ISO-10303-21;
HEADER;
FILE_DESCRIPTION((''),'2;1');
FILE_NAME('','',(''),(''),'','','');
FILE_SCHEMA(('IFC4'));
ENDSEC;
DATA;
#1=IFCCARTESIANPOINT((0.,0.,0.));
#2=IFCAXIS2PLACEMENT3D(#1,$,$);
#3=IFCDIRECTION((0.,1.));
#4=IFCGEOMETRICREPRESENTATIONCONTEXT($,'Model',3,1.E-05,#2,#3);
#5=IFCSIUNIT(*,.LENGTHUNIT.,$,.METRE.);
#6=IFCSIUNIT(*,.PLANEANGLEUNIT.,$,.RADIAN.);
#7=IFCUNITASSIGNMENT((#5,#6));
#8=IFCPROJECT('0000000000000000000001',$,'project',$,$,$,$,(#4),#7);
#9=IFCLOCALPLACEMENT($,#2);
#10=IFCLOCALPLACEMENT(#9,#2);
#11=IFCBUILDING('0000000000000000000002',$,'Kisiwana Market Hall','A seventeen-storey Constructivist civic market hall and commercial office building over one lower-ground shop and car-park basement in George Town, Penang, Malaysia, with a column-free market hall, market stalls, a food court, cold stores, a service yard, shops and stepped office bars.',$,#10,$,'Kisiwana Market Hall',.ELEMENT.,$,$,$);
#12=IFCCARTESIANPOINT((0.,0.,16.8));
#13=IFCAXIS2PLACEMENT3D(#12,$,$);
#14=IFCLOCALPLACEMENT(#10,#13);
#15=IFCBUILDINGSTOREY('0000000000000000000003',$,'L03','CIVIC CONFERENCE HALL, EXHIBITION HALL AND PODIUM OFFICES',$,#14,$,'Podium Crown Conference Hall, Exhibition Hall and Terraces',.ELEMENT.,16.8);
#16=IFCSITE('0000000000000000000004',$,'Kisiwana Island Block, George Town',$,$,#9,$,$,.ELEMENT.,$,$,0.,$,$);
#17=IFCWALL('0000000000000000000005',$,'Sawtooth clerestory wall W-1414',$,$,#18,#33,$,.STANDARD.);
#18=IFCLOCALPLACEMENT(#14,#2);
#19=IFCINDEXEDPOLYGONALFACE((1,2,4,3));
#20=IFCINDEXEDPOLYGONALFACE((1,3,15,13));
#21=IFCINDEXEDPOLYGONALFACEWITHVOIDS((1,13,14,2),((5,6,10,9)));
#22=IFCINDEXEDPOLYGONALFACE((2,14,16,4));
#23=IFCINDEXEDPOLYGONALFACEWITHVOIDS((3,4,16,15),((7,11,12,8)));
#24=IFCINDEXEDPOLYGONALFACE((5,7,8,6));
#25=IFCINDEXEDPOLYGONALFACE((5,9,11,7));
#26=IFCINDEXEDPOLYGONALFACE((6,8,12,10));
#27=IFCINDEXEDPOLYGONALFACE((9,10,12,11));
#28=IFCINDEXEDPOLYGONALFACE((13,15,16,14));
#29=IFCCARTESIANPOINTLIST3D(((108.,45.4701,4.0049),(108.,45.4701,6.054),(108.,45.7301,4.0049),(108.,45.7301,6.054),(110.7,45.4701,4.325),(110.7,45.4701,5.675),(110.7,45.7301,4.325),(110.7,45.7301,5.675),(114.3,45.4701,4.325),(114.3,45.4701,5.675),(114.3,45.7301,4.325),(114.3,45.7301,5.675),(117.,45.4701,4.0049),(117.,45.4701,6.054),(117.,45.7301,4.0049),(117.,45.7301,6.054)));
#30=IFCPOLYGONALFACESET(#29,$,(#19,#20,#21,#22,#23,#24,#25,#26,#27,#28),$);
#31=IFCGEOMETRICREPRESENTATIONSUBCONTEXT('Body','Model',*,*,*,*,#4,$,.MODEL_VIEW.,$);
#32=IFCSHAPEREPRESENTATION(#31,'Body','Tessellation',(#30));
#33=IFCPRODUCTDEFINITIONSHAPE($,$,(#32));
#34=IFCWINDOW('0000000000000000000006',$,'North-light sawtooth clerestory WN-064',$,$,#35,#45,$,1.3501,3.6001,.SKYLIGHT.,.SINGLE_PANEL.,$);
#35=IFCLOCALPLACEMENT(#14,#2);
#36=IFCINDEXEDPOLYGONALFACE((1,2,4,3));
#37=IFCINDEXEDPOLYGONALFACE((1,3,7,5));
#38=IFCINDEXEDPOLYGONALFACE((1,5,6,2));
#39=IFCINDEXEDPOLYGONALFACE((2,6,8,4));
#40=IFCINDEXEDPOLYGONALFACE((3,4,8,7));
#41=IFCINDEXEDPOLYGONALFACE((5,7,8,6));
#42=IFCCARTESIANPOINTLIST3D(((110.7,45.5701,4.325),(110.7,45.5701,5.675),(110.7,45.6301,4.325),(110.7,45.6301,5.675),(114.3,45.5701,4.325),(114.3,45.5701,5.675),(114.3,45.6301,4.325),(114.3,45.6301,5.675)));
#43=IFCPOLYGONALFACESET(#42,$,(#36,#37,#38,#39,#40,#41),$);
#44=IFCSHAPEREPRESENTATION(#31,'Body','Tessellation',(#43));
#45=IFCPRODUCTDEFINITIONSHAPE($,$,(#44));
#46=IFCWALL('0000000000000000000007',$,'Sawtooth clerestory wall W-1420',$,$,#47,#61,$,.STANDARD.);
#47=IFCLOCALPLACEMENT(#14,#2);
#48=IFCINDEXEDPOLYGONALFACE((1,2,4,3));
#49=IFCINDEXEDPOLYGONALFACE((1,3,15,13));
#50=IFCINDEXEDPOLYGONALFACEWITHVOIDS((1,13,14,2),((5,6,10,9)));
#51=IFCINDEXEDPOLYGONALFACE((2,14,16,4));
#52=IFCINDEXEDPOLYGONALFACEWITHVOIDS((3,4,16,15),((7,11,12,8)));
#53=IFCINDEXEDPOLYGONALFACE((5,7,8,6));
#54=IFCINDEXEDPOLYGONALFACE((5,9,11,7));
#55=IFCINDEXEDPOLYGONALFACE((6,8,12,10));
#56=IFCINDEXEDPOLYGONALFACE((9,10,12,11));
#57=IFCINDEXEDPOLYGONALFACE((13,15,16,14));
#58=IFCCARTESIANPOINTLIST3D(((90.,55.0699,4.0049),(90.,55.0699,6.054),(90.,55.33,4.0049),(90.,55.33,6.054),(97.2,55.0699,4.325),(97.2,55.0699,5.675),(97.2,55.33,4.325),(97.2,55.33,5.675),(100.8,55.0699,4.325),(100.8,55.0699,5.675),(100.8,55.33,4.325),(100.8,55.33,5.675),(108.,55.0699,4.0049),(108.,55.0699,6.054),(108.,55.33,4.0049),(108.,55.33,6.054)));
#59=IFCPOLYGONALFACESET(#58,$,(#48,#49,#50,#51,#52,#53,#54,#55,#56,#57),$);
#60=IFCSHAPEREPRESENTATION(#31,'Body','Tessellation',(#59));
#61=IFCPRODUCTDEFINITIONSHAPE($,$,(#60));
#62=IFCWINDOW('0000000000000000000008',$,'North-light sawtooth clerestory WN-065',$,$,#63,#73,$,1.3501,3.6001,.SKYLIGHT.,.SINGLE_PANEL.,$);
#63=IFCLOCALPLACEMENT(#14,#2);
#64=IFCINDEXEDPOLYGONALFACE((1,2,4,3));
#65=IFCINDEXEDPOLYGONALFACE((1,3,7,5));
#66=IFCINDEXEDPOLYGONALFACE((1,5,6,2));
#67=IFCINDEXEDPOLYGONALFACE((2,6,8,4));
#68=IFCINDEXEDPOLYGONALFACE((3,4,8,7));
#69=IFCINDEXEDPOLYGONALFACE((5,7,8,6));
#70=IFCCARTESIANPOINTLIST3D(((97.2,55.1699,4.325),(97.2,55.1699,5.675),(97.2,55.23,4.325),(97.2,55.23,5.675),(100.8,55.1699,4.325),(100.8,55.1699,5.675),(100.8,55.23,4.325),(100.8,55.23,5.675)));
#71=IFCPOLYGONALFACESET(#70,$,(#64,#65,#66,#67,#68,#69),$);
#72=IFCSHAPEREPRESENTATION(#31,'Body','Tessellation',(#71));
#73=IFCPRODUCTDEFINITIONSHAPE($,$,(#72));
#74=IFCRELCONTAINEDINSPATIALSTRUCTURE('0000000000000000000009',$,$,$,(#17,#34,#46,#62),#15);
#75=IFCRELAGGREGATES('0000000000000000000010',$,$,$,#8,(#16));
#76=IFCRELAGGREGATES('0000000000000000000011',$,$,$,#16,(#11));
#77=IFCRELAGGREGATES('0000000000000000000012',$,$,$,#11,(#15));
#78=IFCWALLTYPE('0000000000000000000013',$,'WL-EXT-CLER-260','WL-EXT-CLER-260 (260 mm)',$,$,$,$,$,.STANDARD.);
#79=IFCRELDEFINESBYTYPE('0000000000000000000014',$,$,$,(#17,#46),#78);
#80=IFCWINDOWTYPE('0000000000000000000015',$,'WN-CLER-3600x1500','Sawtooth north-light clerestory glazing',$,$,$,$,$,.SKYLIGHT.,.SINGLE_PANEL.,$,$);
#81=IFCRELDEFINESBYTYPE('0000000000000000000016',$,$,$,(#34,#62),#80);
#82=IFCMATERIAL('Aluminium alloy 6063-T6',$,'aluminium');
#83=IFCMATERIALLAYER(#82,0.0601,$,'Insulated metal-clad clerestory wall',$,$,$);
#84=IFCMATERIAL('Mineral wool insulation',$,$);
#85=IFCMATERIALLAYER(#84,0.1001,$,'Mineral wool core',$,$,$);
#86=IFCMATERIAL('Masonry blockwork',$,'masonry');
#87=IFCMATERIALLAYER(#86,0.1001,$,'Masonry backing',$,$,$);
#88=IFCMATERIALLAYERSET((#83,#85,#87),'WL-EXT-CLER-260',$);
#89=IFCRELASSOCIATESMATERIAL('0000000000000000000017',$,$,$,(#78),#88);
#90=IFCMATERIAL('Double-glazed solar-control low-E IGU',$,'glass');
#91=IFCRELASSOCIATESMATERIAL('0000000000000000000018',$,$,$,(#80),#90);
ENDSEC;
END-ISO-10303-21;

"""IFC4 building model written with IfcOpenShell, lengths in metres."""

from ifc_helpers import new_model, si_unit, direction, frame, frame_2d, origin, place, context, subcontext, project, spatial, rectangle, extrude, material, layer, layer_set, type_object, element, fill, save


model = new_model("IFC4")

# Units and contexts
model_context = context("Model", 3, precision=1e-05, world=origin(), true_north=direction((0.0, 1.0)))
body_context = subcontext(model_context, "Body", "Model", "MODEL_VIEW")
ifc_project = project(units=[si_unit("LENGTHUNIT", "METRE"), si_unit("PLANEANGLEUNIT", "RADIAN")], contexts=[model_context])

# Site, building, storey
site_placement = place(None, origin())
site = spatial("IfcSite", under=ifc_project, at=site_placement, Name="Kisiwana Island Block, George Town", CompositionType="ELEMENT", RefElevation=0.0)
building_placement = place(site_placement, origin())
building = spatial("IfcBuilding", under=site, at=building_placement, Name="Kisiwana Market Hall", Description="A seventeen-storey Constructivist civic market hall and commercial office building over one lower-ground shop and car-park basement in George Town, Penang, Malaysia, with a column-free market hall, market stalls, a food court, cold stores, a service yard, shops and stepped office bars.", LongName="Kisiwana Market Hall", CompositionType="ELEMENT")
storey_placement = place(building_placement, frame((0.0, 0.0, 16.8)))
storey = spatial("IfcBuildingStorey", under=building, at=storey_placement, Name="L03", Description="CIVIC CONFERENCE HALL, EXHIBITION HALL AND PODIUM OFFICES", LongName="Podium Crown Conference Hall, Exhibition Hall and Terraces", CompositionType="ELEMENT", Elevation=16.8)

# Walls, openings, windows
ifc_material_1 = material(Name="Aluminium alloy 6063-T6", Category="aluminium")
ifc_layer_1 = layer(ifc_material_1, 0.0601, Name="Insulated metal-clad clerestory wall")
ifc_material_2 = material(Name="Mineral wool insulation")
ifc_layer_2 = layer(ifc_material_2, 0.1001, Name="Mineral wool core")
ifc_material_3 = material(Name="Masonry blockwork", Category="masonry")
ifc_layer_3 = layer(ifc_material_3, 0.1001, Name="Masonry backing")
ifc_layer_set = layer_set([ifc_layer_1, ifc_layer_2, ifc_layer_3], Name="WL-EXT-CLER-260")
wall_type = type_object("IfcWallType", Name="WL-EXT-CLER-260", Description="WL-EXT-CLER-260 (260 mm)", PredefinedType="STANDARD", material=ifc_layer_set)
wall_1_placement = place(storey_placement, frame((108.0, 45.6001, 4.0049), z_axis=(0.0, 0.0, 1.0), x_axis=(1.0, 0.0, 0.0)))
wall_1 = element("IfcWall", 1, at=wall_1_placement, inside=storey, type_object=wall_type, Name="Sawtooth clerestory wall W-1414", PredefinedType="STANDARD", context=body_context, shape_type="SweptSolid", body=[
    extrude(rectangle(XDim=9.0, YDim=0.26, at=frame_2d((4.5, 0.0))), origin(), (0.0, 0.0, 1.0), 2.0491),
])
opening_1_placement = place(wall_1_placement, frame((2.7, 0.0, 0.3201)))
opening_1 = element("IfcOpeningElement", 2, at=opening_1_placement, cuts=wall_1, PredefinedType="OPENING", context=body_context, shape_type="SweptSolid", body=[
    extrude(rectangle(XDim=3.6001, YDim=1.3501, at=frame_2d((1.8, 0.675))), frame((0.0, 0.1421, 0.0), z_axis=(0.0, -1.0, 0.0), x_axis=(1.0, 0.0, 0.0)), (0.0, 0.0, 1.0), 0.2839),
])
ifc_material_4 = material(Name="Double-glazed solar-control low-E IGU", Category="glass")
window_type_1 = type_object("IfcWindowType", Name="WN-CLER-3600x1500", Description="Sawtooth north-light clerestory glazing", PartitioningType="SINGLE_PANEL", PredefinedType="SKYLIGHT", material=ifc_material_4)
window_1_placement = place(opening_1_placement, origin())
window_1 = element("IfcWindow", 3, at=window_1_placement, inside=storey, type_object=window_type_1, Name="North-light sawtooth clerestory WN-064", OverallHeight=1.3501, OverallWidth=3.6001, PartitioningType="SINGLE_PANEL", PredefinedType="SKYLIGHT", context=body_context, shape_type="SweptSolid", body=[
    extrude(rectangle(XDim=3.6001, YDim=1.3501, at=frame_2d((1.8, 0.675))), frame((0.0, 0.03, 0.0), z_axis=(0.0, -1.0, 0.0), x_axis=(1.0, 0.0, 0.0)), (0.0, 0.0, 1.0), 0.0601),
])
fill(opening_1, window_1)
wall_2_placement = place(storey_placement, frame((90.0, 55.2, 4.0049), z_axis=(0.0, 0.0, 1.0), x_axis=(1.0, 0.0, 0.0)))
wall_2 = element("IfcWall", 4, at=wall_2_placement, inside=storey, type_object=wall_type, Name="Sawtooth clerestory wall W-1420", PredefinedType="STANDARD", context=body_context, shape_type="SweptSolid", body=[
    extrude(rectangle(XDim=18.0, YDim=0.26, at=frame_2d((9.0, 0.0))), origin(), (0.0, 0.0, 1.0), 2.0491),
])
opening_2_placement = place(wall_2_placement, frame((7.2, 0.0, 0.3201)))
opening_2 = element("IfcOpeningElement", 5, at=opening_2_placement, cuts=wall_2, PredefinedType="OPENING", context=body_context, shape_type="SweptSolid", body=[
    extrude(rectangle(XDim=3.6001, YDim=1.3501, at=frame_2d((1.8, 0.675))), frame((0.0, 0.1421, 0.0), z_axis=(0.0, -1.0, 0.0), x_axis=(1.0, 0.0, 0.0)), (0.0, 0.0, 1.0), 0.2839),
])
window_2_placement = place(opening_2_placement, origin())
window_2 = element("IfcWindow", 6, at=window_2_placement, inside=storey, type_object=window_type_1, Name="North-light sawtooth clerestory WN-065", OverallHeight=1.3501, OverallWidth=3.6001, PartitioningType="SINGLE_PANEL", PredefinedType="SKYLIGHT", context=body_context, shape_type="SweptSolid", body=[
    extrude(rectangle(XDim=3.6001, YDim=1.3501, at=frame_2d((1.8, 0.675))), frame((0.0, 0.03, 0.0), z_axis=(0.0, -1.0, 0.0), x_axis=(1.0, 0.0, 0.0)), (0.0, 0.0, 1.0), 0.0601),
])
fill(opening_2, window_2)

save(model, "model.ifc")
